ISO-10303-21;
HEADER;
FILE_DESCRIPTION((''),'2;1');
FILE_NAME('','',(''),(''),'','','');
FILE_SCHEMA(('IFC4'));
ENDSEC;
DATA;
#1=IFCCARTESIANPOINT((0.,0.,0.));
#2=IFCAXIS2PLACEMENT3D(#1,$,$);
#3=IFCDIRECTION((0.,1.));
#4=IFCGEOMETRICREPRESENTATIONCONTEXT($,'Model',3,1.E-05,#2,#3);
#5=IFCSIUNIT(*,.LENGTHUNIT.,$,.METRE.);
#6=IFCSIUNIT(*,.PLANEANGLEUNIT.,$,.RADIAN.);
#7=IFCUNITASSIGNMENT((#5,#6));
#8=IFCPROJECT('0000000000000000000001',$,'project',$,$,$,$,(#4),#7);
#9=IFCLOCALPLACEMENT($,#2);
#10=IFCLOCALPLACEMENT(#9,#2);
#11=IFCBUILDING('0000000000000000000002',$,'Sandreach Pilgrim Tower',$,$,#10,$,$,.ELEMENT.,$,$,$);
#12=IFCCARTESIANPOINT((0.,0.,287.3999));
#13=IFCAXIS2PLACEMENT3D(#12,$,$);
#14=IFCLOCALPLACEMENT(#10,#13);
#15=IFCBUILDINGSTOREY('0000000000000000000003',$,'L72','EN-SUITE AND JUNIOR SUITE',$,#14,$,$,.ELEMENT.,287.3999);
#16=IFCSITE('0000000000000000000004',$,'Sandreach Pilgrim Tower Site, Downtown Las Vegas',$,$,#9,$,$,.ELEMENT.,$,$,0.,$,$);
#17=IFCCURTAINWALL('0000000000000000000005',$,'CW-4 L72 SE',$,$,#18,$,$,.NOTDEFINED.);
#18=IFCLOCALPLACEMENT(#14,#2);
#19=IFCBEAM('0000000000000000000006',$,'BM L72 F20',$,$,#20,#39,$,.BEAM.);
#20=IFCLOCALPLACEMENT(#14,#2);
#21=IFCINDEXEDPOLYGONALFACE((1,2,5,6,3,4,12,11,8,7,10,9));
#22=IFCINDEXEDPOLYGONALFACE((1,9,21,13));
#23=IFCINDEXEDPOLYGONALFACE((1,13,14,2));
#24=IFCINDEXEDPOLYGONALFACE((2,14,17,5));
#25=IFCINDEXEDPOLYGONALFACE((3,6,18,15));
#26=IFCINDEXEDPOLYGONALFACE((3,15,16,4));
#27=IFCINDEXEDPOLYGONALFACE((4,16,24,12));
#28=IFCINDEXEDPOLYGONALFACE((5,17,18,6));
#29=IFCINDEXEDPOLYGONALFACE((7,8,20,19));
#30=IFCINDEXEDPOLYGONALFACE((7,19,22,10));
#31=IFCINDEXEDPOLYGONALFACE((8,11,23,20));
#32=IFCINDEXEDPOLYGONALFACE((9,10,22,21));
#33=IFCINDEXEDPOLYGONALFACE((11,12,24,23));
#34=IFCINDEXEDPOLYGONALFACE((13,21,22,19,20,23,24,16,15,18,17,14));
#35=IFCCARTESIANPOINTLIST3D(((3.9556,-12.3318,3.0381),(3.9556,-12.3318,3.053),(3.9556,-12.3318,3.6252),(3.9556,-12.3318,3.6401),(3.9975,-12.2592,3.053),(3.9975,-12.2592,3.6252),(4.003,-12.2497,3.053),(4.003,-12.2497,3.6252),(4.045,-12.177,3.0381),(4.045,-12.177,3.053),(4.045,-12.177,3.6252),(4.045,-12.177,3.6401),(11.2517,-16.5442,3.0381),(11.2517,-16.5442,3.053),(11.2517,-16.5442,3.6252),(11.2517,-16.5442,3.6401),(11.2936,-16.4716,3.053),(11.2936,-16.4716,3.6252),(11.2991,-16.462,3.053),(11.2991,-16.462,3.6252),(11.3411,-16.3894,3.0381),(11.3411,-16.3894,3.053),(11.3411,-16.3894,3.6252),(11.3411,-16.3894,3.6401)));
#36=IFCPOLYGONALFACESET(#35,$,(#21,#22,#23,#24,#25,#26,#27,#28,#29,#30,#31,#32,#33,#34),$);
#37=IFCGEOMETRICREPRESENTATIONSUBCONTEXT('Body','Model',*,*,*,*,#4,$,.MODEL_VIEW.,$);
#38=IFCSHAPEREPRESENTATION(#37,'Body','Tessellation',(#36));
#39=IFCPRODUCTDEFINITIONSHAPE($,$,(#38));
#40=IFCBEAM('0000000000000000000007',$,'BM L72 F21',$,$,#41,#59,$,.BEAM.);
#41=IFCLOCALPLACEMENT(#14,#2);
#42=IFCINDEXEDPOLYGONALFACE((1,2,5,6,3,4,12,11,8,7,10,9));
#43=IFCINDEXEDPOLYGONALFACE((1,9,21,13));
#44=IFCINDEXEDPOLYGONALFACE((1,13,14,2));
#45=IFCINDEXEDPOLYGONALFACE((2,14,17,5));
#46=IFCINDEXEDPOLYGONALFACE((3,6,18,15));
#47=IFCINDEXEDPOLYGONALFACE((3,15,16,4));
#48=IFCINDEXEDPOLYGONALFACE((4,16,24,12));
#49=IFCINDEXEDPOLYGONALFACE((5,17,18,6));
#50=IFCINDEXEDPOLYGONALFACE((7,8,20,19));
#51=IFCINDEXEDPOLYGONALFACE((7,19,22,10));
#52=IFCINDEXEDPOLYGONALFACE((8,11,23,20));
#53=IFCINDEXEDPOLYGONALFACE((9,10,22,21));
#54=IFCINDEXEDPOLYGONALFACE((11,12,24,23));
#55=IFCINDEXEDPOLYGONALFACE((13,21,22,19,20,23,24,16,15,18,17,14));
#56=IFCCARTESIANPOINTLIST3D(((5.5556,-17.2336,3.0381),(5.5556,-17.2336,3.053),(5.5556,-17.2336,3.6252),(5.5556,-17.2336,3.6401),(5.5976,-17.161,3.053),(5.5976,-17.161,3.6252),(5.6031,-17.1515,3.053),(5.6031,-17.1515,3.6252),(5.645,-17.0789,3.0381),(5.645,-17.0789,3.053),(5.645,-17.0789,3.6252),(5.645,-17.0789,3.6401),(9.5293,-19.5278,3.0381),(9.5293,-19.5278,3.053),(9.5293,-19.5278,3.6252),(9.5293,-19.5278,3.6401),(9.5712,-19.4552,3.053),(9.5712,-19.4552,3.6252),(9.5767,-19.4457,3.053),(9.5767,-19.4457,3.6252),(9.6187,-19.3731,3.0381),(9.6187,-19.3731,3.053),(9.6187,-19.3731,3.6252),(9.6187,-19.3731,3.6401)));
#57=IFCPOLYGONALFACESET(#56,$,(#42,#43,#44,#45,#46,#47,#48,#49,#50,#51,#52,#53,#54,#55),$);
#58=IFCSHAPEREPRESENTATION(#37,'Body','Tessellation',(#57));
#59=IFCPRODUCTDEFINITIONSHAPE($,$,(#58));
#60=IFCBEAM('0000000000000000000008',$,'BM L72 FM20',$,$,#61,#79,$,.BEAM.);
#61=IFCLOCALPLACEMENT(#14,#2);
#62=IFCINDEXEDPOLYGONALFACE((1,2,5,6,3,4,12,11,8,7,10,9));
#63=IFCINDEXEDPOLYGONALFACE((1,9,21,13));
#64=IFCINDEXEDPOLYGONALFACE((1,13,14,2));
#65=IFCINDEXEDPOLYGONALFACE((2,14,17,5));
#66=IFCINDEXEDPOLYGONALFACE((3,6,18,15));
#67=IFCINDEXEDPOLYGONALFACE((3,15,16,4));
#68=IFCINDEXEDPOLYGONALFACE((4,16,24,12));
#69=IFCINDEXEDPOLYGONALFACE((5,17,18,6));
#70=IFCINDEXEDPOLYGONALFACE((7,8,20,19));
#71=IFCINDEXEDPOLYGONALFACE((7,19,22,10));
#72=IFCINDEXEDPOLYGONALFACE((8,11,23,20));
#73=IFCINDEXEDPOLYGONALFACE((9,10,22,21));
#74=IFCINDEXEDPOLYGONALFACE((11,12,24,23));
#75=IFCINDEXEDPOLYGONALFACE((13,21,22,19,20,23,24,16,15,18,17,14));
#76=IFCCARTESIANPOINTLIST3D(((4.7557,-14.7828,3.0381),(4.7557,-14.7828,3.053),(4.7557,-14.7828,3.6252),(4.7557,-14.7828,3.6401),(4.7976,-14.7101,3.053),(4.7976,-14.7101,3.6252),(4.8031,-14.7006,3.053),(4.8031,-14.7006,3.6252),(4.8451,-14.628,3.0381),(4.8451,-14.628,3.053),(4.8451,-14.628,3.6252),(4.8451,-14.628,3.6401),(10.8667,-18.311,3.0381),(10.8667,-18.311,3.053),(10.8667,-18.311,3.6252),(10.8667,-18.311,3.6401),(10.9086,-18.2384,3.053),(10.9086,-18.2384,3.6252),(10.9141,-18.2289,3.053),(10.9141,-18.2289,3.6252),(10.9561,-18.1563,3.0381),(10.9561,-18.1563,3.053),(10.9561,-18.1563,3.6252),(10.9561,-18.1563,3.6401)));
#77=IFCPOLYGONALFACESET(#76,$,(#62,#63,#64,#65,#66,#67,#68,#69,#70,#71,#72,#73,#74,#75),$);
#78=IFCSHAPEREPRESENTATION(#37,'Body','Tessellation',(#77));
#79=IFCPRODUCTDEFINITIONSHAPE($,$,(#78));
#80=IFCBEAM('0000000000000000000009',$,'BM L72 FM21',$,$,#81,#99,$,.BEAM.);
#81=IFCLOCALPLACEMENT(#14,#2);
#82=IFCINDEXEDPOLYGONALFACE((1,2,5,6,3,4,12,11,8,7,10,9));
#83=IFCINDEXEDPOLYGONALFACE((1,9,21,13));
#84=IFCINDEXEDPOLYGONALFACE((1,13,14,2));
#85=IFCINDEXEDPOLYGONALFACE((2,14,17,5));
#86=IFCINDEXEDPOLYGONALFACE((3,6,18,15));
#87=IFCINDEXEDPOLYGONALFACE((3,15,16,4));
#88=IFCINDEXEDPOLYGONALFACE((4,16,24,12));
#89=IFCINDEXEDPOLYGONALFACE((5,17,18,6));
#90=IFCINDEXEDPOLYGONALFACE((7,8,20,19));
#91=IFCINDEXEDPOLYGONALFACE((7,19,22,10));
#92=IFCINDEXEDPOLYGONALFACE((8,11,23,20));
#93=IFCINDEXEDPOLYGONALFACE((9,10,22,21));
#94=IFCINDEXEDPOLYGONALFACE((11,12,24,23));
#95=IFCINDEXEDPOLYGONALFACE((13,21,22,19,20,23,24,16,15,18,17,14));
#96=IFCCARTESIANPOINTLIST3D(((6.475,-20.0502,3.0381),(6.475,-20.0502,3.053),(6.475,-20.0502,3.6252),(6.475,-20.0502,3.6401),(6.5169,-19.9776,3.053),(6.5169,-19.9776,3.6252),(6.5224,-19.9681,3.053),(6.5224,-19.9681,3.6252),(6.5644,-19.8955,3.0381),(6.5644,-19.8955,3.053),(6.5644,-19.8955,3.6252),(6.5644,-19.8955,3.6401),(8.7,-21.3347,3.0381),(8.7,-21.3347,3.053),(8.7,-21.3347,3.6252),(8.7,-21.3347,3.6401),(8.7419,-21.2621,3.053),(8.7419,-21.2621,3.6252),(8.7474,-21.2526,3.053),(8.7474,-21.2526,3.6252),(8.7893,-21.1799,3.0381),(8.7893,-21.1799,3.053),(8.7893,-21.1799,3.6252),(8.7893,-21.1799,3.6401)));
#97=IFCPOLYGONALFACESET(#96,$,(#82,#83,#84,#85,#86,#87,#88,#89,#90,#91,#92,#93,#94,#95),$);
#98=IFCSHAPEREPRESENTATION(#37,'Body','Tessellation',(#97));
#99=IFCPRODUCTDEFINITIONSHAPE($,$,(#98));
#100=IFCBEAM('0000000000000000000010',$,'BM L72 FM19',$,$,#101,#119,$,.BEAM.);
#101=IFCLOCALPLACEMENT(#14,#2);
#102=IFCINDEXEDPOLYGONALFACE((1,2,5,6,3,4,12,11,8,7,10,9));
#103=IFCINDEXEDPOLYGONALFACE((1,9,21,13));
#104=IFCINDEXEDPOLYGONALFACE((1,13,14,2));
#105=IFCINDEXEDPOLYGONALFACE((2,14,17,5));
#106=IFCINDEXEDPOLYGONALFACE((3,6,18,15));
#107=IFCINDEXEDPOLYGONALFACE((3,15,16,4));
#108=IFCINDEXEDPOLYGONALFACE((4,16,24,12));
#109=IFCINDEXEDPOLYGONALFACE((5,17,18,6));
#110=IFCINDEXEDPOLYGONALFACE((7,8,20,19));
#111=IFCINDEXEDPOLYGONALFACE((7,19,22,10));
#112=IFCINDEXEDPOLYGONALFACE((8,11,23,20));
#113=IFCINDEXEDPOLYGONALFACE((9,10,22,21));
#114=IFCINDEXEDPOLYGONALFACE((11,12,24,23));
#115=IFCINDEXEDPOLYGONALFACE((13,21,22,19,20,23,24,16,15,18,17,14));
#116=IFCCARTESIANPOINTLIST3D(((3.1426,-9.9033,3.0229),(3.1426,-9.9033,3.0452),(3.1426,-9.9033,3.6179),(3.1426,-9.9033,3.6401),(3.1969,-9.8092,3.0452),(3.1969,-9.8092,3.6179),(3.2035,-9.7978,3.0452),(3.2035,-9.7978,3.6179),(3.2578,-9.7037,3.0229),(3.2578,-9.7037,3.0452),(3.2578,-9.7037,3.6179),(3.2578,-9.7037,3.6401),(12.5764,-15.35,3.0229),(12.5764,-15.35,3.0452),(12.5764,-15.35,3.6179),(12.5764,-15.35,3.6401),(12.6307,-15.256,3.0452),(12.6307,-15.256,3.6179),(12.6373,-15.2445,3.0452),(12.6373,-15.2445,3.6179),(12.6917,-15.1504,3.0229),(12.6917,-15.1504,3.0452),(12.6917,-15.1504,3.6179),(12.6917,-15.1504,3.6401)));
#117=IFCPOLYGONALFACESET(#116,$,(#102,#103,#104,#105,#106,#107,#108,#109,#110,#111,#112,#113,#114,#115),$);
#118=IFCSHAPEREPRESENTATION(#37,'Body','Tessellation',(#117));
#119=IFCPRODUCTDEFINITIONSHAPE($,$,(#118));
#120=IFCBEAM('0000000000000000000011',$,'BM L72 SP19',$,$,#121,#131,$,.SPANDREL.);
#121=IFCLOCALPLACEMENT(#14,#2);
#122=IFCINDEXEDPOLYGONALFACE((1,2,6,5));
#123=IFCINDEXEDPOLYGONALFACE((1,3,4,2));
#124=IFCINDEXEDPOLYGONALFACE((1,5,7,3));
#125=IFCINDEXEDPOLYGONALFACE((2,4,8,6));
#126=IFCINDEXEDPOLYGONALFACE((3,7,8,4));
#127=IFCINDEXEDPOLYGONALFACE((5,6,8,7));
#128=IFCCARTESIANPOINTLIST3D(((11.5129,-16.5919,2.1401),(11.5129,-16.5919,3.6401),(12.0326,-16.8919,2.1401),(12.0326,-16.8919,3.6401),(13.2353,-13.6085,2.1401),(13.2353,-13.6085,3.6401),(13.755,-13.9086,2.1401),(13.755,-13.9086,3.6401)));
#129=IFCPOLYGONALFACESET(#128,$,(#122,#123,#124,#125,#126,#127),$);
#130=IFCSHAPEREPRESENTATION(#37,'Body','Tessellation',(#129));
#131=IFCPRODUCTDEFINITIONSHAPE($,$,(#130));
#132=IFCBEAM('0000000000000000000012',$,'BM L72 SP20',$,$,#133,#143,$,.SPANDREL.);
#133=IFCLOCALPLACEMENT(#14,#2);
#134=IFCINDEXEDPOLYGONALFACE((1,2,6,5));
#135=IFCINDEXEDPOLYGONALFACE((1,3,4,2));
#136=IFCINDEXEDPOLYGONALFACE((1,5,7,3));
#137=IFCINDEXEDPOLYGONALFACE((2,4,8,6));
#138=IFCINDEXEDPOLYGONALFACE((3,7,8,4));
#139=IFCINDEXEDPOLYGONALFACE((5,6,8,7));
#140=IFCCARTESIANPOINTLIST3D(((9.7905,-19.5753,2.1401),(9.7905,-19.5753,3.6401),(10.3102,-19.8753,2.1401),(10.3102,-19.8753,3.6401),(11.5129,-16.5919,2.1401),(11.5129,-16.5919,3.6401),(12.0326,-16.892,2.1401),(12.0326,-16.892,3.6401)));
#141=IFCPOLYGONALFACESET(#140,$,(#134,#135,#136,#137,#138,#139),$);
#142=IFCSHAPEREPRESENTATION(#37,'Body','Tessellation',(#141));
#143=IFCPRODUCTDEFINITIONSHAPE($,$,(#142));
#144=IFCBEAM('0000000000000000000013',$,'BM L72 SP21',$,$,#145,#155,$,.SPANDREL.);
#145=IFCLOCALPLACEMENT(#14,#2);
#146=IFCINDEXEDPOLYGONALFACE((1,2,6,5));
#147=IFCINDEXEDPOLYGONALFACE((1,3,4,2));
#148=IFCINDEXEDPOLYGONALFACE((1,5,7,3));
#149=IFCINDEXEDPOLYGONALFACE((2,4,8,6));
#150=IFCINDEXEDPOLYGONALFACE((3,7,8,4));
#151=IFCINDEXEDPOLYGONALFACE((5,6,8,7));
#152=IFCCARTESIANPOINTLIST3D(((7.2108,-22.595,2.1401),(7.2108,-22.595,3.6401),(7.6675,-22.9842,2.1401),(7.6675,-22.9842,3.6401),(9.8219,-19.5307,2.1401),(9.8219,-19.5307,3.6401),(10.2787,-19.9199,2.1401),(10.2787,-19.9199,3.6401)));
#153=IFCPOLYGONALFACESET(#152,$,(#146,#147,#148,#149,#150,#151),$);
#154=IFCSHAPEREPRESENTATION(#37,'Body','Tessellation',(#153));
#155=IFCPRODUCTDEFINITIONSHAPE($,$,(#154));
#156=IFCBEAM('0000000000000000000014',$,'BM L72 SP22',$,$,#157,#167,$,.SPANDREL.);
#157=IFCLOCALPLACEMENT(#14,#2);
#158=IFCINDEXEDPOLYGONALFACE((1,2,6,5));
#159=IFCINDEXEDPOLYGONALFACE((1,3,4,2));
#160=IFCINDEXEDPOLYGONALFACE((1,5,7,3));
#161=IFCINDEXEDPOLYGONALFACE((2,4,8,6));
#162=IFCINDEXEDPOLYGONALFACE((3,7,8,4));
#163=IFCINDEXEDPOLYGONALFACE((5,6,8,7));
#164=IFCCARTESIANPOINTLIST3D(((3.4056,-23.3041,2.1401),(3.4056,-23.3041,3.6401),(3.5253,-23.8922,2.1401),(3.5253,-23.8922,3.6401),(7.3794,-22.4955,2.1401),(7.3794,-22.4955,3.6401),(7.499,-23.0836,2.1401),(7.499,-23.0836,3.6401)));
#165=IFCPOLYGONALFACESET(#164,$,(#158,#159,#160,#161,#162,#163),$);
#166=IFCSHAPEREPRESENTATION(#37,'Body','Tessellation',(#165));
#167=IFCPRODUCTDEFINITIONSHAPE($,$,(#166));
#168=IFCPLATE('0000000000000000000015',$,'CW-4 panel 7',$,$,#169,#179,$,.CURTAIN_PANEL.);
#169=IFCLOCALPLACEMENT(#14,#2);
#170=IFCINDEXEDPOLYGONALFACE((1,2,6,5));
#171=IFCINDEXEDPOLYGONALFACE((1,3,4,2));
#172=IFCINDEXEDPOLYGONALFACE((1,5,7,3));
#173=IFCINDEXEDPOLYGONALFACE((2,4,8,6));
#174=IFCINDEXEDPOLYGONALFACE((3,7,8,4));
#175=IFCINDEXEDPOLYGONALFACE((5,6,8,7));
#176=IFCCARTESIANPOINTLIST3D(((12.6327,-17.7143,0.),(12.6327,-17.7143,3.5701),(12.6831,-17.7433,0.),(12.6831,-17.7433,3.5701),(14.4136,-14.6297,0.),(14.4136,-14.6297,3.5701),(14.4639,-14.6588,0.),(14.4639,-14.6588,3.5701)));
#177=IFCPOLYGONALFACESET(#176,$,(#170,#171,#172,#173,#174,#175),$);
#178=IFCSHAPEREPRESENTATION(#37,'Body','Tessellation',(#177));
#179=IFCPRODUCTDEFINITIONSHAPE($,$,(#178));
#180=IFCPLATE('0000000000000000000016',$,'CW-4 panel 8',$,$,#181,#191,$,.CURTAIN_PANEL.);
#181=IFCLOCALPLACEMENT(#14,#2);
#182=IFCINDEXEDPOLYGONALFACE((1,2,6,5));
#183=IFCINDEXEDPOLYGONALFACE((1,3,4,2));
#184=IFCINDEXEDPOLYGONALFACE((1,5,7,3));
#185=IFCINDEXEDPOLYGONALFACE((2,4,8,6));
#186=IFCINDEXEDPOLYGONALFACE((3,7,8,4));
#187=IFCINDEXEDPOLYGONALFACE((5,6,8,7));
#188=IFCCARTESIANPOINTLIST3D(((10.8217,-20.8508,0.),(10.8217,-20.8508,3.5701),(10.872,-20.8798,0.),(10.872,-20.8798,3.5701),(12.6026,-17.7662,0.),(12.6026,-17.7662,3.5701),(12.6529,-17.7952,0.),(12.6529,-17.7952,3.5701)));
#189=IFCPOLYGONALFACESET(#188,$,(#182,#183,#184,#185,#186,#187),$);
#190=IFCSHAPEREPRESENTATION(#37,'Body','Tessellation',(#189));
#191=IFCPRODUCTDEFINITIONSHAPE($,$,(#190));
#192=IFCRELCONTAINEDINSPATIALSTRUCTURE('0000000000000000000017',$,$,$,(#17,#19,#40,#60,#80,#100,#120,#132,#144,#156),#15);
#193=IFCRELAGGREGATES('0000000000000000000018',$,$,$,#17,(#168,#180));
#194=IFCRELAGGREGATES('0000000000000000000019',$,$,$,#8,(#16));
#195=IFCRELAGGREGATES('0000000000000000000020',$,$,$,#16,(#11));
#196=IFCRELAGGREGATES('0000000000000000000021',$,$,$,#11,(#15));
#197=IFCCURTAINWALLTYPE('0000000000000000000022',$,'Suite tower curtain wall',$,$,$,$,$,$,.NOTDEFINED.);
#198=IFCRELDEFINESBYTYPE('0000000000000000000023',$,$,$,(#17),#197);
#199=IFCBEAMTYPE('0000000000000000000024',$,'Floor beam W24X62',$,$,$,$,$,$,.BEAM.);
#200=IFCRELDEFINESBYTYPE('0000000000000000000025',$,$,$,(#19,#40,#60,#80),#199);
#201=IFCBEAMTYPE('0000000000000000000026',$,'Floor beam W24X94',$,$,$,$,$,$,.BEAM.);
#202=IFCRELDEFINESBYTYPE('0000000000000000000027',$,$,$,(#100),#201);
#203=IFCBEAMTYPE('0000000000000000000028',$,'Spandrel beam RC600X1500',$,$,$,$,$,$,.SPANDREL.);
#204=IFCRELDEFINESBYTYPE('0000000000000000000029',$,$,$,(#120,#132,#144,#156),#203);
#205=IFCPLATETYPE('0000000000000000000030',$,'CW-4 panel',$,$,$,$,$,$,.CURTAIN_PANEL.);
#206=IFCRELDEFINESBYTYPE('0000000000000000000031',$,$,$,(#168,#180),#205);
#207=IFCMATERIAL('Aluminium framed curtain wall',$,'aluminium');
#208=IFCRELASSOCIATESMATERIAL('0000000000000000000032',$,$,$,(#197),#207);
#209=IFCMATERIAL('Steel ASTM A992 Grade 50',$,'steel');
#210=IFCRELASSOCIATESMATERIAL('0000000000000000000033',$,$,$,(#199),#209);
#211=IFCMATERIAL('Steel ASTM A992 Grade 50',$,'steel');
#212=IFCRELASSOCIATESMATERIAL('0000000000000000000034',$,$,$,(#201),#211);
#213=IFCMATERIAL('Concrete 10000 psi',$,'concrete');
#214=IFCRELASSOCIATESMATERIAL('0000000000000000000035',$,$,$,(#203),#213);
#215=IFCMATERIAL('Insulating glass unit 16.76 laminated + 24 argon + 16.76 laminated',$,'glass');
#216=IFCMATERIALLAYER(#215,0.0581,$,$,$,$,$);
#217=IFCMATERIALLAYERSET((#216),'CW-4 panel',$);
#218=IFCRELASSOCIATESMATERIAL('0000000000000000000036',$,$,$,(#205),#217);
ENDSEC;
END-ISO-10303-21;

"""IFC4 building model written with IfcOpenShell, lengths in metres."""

from ifc_helpers import new_model, si_unit, direction, frame, origin, origin_2d, place, context, subcontext, project, spatial, rectangle, i_section, extrude, material, layer, layer_set, material_profile, profile_set, type_object, element, aggregate, save


model = new_model("IFC4")

# Units and contexts
model_context = context("Model", 3, precision=1e-05, world=origin(), true_north=direction((0.0, 1.0)))
body_context = subcontext(model_context, "Body", "Model", "MODEL_VIEW")
ifc_project = project(units=[si_unit("LENGTHUNIT", "METRE"), si_unit("PLANEANGLEUNIT", "RADIAN")], contexts=[model_context])

# Site, building, storey
site_placement = place(None, origin())
site = spatial("IfcSite", under=ifc_project, at=site_placement, Name="Sandreach Pilgrim Tower Site, Downtown Las Vegas", CompositionType="ELEMENT", RefElevation=0.0)
building_placement = place(site_placement, origin())
building = spatial("IfcBuilding", under=site, at=building_placement, Name="Sandreach Pilgrim Tower", CompositionType="ELEMENT")
storey_placement = place(building_placement, frame((0.0, 0.0, 287.3999)))
storey = spatial("IfcBuildingStorey", under=building, at=storey_placement, Name="L72", Description="EN-SUITE AND JUNIOR SUITE", CompositionType="ELEMENT", Elevation=287.3999)

# Curtain wall
ifc_material_1 = material(Name="Aluminium framed curtain wall", Category="aluminium")
curtain_wall_type = type_object("IfcCurtainWallType", Name="Suite tower curtain wall", PredefinedType="NOTDEFINED", material=ifc_material_1)
curtain_wall_1_placement = place(storey_placement, origin())
curtain_wall_1 = element("IfcCurtainWall", 1, at=curtain_wall_1_placement, inside=storey, type_object=curtain_wall_type, Name="CW-4 L72 SE", PredefinedType="NOTDEFINED")

# Beams
ifc_material_2 = material(Name="Steel ASTM A992 Grade 50", Category="steel")
ifc_material_profile_1 = material_profile(ifc_material_2, i_section(OverallWidth=0.1787, OverallDepth=0.6021, WebThickness=0.011, FlangeThickness=0.0149, at=origin_2d()), Name="W24X62")
ifc_profile_set_1 = profile_set([ifc_material_profile_1], Name="Steel ASTM A992 Grade 50")
beam_type_1 = type_object("IfcBeamType", Name="Floor beam W24X62", PredefinedType="BEAM", material=ifc_profile_set_1)
beam_1_placement = place(storey_placement, frame((11.2964, -16.4668, 3.3391), z_axis=(-0.866027, 0.499998, 0.0), x_axis=(-0.499998, -0.866027, 0.0)))
element("IfcBeam", 2, at=beam_1_placement, inside=storey, type_object=beam_type_1, Name="BM L72 F20", PredefinedType="BEAM", context=body_context, shape_type="SweptSolid", body=[
    extrude(i_section(OverallWidth=0.1787, OverallDepth=0.6021, WebThickness=0.011, FlangeThickness=0.0149, at=origin_2d()), origin(), (0.0, 0.0, 1.0), 8.4248),
])
beam_2_placement = place(storey_placement, frame((9.574, -19.4504, 3.3391), z_axis=(-0.866024, 0.500002, 0.0), x_axis=(-0.500002, -0.866024, 0.0)))
element("IfcBeam", 3, at=beam_2_placement, inside=storey, type_object=beam_type_1, Name="BM L72 F21", PredefinedType="BEAM", context=body_context, shape_type="SweptSolid", body=[
    extrude(i_section(OverallWidth=0.1787, OverallDepth=0.6021, WebThickness=0.011, FlangeThickness=0.0149, at=origin_2d()), origin(), (0.0, 0.0, 1.0), 4.5884),
])
beam_3_placement = place(storey_placement, frame((10.9114, -18.2336, 3.3391), z_axis=(-0.86602, 0.500009, 0.0), x_axis=(-0.500009, -0.86602, 0.0)))
element("IfcBeam", 4, at=beam_3_placement, inside=storey, type_object=beam_type_1, Name="BM L72 FM20", PredefinedType="BEAM", context=body_context, shape_type="SweptSolid", body=[
    extrude(i_section(OverallWidth=0.1787, OverallDepth=0.6021, WebThickness=0.011, FlangeThickness=0.0149, at=origin_2d()), origin(), (0.0, 0.0, 1.0), 7.0564),
])
beam_4_placement = place(storey_placement, frame((8.7446, -21.2573, 3.3391), z_axis=(-0.866042, 0.499972, 0.0), x_axis=(-0.499972, -0.866042, 0.0)))
element("IfcBeam", 5, at=beam_4_placement, inside=storey, type_object=beam_type_1, Name="BM L72 FM21", PredefinedType="BEAM", context=body_context, shape_type="SweptSolid", body=[
    extrude(i_section(OverallWidth=0.1787, OverallDepth=0.6021, WebThickness=0.011, FlangeThickness=0.0149, at=origin_2d()), origin(), (0.0, 0.0, 1.0), 2.5691),
])
ifc_material_3 = material(Name="Steel ASTM A992 Grade 50", Category="steel")
ifc_material_profile_2 = material_profile(ifc_material_3, i_section(OverallWidth=0.2305, OverallDepth=0.6172, WebThickness=0.0132, FlangeThickness=0.0222, at=origin_2d()), Name="W24X94")
ifc_profile_set_2 = profile_set([ifc_material_profile_2], Name="Steel ASTM A992 Grade 50")
beam_type_2 = type_object("IfcBeamType", Name="Floor beam W24X94", PredefinedType="BEAM", material=ifc_profile_set_2)
beam_5_placement = place(storey_placement, frame((12.634, -15.2502, 3.3315), z_axis=(-0.86602, 0.50001, 0.0), x_axis=(-0.50001, -0.86602, 0.0)))
element("IfcBeam", 6, at=beam_5_placement, inside=storey, type_object=beam_type_2, Name="BM L72 FM19", PredefinedType="BEAM", context=body_context, shape_type="SweptSolid", body=[
    extrude(i_section(OverallWidth=0.2305, OverallDepth=0.6172, WebThickness=0.0132, FlangeThickness=0.0222, at=origin_2d()), origin(), (0.0, 0.0, 1.0), 10.8933),
])
ifc_material_4 = material(Name="Concrete 10000 psi", Category="concrete")
ifc_material_profile_3 = material_profile(ifc_material_4, rectangle(XDim=0.6001, YDim=1.5, at=origin_2d()), Name="RC600X1500")
ifc_profile_set_3 = profile_set([ifc_material_profile_3], Name="Concrete 10000 psi")
beam_type_3 = type_object("IfcBeamType", Name="Spandrel beam RC600X1500", PredefinedType="SPANDREL", material=ifc_profile_set_3)
for number, where, z_axis, x_axis, name in (
    (7, (13.4951, -13.7585, 2.8901), (-0.499988, -0.866032, 0.0), (0.866032, -0.499988, 0.0), "BM L72 SP19"),
    (8, (11.7727, -16.7419, 2.8901), (-0.499988, -0.866032, 0.0), (0.866032, -0.499988, 0.0), "BM L72 SP20"),
):
    element("IfcBeam", number, at=place(storey_placement, frame(where, z_axis=z_axis, x_axis=x_axis)), inside=storey, type_object=beam_type_3, Name=name, PredefinedType="SPANDREL", context=body_context, shape_type="SweptSolid", body=[
        extrude(rectangle(XDim=0.6001, YDim=1.5, at=origin_2d()), origin(), (0.0, 0.0, 1.0), 3.4448),
    ])
beam_6_placement = place(storey_placement, frame((10.0503, -19.7253, 2.8901), z_axis=(-0.648586, -0.761141, 0.0), x_axis=(0.761141, -0.648586, 0.0)))
element("IfcBeam", 9, at=beam_6_placement, inside=storey, type_object=beam_type_3, Name="BM L72 SP21", PredefinedType="SPANDREL", context=body_context, shape_type="SweptSolid", body=[
    extrude(rectangle(XDim=0.6001, YDim=1.5, at=origin_2d()), origin(), (0.0, 0.0, 1.0), 4.0259),
])
beam_7_placement = place(storey_placement, frame((7.4392, -22.7896, 2.8901), z_axis=(-0.979918, -0.199403, 0.0), x_axis=(0.199403, -0.979918, 0.0)))
element("IfcBeam", 10, at=beam_7_placement, inside=storey, type_object=beam_type_3, Name="BM L72 SP22", PredefinedType="SPANDREL", context=body_context, shape_type="SweptSolid", body=[
    extrude(rectangle(XDim=0.6001, YDim=1.5, at=origin_2d()), origin(), (0.0, 0.0, 1.0), 4.0552),
])

# Plates
ifc_material_5 = material(Name="Insulating glass unit 16.76 laminated + 24 argon + 16.76 laminated", Category="glass")
ifc_layer_1 = layer(ifc_material_5, 0.0581)
ifc_layer_set_1 = layer_set([ifc_layer_1], Name="CW-4 panel")
plate_type = type_object("IfcPlateType", Name="CW-4 panel", PredefinedType="CURTAIN_PANEL", material=ifc_layer_set_1)
plate_1_placement = place(storey_placement, frame((13.5483, -16.1865, 0.0), z_axis=(0.0, 0.0, 1.0), x_axis=(-0.5, -0.866025, 0.0)))
plate_1 = element("IfcPlate", 11, at=plate_1_placement, type_object=plate_type, Name="CW-4 panel 7", PredefinedType="CURTAIN_PANEL", context=body_context, shape_type="SweptSolid", body=[
    extrude(rectangle(XDim=3.5618, YDim=0.0581, at=origin_2d()), origin(), (0.0, 0.0, 1.0), 3.5701),
])
plate_2_placement = place(storey_placement, frame((11.7373, -19.323, 0.0), z_axis=(0.0, 0.0, 1.0), x_axis=(-0.5, -0.866025, 0.0)))
plate_2 = element("IfcPlate", 12, at=plate_2_placement, type_object=plate_type, Name="CW-4 panel 8", PredefinedType="CURTAIN_PANEL", context=body_context, shape_type="SweptSolid", body=[
    extrude(rectangle(XDim=3.5618, YDim=0.0581, at=origin_2d()), origin(), (0.0, 0.0, 1.0), 3.5701),
])
aggregate(curtain_wall_1, [plate_1, plate_2])

save(model, "model.ifc")
